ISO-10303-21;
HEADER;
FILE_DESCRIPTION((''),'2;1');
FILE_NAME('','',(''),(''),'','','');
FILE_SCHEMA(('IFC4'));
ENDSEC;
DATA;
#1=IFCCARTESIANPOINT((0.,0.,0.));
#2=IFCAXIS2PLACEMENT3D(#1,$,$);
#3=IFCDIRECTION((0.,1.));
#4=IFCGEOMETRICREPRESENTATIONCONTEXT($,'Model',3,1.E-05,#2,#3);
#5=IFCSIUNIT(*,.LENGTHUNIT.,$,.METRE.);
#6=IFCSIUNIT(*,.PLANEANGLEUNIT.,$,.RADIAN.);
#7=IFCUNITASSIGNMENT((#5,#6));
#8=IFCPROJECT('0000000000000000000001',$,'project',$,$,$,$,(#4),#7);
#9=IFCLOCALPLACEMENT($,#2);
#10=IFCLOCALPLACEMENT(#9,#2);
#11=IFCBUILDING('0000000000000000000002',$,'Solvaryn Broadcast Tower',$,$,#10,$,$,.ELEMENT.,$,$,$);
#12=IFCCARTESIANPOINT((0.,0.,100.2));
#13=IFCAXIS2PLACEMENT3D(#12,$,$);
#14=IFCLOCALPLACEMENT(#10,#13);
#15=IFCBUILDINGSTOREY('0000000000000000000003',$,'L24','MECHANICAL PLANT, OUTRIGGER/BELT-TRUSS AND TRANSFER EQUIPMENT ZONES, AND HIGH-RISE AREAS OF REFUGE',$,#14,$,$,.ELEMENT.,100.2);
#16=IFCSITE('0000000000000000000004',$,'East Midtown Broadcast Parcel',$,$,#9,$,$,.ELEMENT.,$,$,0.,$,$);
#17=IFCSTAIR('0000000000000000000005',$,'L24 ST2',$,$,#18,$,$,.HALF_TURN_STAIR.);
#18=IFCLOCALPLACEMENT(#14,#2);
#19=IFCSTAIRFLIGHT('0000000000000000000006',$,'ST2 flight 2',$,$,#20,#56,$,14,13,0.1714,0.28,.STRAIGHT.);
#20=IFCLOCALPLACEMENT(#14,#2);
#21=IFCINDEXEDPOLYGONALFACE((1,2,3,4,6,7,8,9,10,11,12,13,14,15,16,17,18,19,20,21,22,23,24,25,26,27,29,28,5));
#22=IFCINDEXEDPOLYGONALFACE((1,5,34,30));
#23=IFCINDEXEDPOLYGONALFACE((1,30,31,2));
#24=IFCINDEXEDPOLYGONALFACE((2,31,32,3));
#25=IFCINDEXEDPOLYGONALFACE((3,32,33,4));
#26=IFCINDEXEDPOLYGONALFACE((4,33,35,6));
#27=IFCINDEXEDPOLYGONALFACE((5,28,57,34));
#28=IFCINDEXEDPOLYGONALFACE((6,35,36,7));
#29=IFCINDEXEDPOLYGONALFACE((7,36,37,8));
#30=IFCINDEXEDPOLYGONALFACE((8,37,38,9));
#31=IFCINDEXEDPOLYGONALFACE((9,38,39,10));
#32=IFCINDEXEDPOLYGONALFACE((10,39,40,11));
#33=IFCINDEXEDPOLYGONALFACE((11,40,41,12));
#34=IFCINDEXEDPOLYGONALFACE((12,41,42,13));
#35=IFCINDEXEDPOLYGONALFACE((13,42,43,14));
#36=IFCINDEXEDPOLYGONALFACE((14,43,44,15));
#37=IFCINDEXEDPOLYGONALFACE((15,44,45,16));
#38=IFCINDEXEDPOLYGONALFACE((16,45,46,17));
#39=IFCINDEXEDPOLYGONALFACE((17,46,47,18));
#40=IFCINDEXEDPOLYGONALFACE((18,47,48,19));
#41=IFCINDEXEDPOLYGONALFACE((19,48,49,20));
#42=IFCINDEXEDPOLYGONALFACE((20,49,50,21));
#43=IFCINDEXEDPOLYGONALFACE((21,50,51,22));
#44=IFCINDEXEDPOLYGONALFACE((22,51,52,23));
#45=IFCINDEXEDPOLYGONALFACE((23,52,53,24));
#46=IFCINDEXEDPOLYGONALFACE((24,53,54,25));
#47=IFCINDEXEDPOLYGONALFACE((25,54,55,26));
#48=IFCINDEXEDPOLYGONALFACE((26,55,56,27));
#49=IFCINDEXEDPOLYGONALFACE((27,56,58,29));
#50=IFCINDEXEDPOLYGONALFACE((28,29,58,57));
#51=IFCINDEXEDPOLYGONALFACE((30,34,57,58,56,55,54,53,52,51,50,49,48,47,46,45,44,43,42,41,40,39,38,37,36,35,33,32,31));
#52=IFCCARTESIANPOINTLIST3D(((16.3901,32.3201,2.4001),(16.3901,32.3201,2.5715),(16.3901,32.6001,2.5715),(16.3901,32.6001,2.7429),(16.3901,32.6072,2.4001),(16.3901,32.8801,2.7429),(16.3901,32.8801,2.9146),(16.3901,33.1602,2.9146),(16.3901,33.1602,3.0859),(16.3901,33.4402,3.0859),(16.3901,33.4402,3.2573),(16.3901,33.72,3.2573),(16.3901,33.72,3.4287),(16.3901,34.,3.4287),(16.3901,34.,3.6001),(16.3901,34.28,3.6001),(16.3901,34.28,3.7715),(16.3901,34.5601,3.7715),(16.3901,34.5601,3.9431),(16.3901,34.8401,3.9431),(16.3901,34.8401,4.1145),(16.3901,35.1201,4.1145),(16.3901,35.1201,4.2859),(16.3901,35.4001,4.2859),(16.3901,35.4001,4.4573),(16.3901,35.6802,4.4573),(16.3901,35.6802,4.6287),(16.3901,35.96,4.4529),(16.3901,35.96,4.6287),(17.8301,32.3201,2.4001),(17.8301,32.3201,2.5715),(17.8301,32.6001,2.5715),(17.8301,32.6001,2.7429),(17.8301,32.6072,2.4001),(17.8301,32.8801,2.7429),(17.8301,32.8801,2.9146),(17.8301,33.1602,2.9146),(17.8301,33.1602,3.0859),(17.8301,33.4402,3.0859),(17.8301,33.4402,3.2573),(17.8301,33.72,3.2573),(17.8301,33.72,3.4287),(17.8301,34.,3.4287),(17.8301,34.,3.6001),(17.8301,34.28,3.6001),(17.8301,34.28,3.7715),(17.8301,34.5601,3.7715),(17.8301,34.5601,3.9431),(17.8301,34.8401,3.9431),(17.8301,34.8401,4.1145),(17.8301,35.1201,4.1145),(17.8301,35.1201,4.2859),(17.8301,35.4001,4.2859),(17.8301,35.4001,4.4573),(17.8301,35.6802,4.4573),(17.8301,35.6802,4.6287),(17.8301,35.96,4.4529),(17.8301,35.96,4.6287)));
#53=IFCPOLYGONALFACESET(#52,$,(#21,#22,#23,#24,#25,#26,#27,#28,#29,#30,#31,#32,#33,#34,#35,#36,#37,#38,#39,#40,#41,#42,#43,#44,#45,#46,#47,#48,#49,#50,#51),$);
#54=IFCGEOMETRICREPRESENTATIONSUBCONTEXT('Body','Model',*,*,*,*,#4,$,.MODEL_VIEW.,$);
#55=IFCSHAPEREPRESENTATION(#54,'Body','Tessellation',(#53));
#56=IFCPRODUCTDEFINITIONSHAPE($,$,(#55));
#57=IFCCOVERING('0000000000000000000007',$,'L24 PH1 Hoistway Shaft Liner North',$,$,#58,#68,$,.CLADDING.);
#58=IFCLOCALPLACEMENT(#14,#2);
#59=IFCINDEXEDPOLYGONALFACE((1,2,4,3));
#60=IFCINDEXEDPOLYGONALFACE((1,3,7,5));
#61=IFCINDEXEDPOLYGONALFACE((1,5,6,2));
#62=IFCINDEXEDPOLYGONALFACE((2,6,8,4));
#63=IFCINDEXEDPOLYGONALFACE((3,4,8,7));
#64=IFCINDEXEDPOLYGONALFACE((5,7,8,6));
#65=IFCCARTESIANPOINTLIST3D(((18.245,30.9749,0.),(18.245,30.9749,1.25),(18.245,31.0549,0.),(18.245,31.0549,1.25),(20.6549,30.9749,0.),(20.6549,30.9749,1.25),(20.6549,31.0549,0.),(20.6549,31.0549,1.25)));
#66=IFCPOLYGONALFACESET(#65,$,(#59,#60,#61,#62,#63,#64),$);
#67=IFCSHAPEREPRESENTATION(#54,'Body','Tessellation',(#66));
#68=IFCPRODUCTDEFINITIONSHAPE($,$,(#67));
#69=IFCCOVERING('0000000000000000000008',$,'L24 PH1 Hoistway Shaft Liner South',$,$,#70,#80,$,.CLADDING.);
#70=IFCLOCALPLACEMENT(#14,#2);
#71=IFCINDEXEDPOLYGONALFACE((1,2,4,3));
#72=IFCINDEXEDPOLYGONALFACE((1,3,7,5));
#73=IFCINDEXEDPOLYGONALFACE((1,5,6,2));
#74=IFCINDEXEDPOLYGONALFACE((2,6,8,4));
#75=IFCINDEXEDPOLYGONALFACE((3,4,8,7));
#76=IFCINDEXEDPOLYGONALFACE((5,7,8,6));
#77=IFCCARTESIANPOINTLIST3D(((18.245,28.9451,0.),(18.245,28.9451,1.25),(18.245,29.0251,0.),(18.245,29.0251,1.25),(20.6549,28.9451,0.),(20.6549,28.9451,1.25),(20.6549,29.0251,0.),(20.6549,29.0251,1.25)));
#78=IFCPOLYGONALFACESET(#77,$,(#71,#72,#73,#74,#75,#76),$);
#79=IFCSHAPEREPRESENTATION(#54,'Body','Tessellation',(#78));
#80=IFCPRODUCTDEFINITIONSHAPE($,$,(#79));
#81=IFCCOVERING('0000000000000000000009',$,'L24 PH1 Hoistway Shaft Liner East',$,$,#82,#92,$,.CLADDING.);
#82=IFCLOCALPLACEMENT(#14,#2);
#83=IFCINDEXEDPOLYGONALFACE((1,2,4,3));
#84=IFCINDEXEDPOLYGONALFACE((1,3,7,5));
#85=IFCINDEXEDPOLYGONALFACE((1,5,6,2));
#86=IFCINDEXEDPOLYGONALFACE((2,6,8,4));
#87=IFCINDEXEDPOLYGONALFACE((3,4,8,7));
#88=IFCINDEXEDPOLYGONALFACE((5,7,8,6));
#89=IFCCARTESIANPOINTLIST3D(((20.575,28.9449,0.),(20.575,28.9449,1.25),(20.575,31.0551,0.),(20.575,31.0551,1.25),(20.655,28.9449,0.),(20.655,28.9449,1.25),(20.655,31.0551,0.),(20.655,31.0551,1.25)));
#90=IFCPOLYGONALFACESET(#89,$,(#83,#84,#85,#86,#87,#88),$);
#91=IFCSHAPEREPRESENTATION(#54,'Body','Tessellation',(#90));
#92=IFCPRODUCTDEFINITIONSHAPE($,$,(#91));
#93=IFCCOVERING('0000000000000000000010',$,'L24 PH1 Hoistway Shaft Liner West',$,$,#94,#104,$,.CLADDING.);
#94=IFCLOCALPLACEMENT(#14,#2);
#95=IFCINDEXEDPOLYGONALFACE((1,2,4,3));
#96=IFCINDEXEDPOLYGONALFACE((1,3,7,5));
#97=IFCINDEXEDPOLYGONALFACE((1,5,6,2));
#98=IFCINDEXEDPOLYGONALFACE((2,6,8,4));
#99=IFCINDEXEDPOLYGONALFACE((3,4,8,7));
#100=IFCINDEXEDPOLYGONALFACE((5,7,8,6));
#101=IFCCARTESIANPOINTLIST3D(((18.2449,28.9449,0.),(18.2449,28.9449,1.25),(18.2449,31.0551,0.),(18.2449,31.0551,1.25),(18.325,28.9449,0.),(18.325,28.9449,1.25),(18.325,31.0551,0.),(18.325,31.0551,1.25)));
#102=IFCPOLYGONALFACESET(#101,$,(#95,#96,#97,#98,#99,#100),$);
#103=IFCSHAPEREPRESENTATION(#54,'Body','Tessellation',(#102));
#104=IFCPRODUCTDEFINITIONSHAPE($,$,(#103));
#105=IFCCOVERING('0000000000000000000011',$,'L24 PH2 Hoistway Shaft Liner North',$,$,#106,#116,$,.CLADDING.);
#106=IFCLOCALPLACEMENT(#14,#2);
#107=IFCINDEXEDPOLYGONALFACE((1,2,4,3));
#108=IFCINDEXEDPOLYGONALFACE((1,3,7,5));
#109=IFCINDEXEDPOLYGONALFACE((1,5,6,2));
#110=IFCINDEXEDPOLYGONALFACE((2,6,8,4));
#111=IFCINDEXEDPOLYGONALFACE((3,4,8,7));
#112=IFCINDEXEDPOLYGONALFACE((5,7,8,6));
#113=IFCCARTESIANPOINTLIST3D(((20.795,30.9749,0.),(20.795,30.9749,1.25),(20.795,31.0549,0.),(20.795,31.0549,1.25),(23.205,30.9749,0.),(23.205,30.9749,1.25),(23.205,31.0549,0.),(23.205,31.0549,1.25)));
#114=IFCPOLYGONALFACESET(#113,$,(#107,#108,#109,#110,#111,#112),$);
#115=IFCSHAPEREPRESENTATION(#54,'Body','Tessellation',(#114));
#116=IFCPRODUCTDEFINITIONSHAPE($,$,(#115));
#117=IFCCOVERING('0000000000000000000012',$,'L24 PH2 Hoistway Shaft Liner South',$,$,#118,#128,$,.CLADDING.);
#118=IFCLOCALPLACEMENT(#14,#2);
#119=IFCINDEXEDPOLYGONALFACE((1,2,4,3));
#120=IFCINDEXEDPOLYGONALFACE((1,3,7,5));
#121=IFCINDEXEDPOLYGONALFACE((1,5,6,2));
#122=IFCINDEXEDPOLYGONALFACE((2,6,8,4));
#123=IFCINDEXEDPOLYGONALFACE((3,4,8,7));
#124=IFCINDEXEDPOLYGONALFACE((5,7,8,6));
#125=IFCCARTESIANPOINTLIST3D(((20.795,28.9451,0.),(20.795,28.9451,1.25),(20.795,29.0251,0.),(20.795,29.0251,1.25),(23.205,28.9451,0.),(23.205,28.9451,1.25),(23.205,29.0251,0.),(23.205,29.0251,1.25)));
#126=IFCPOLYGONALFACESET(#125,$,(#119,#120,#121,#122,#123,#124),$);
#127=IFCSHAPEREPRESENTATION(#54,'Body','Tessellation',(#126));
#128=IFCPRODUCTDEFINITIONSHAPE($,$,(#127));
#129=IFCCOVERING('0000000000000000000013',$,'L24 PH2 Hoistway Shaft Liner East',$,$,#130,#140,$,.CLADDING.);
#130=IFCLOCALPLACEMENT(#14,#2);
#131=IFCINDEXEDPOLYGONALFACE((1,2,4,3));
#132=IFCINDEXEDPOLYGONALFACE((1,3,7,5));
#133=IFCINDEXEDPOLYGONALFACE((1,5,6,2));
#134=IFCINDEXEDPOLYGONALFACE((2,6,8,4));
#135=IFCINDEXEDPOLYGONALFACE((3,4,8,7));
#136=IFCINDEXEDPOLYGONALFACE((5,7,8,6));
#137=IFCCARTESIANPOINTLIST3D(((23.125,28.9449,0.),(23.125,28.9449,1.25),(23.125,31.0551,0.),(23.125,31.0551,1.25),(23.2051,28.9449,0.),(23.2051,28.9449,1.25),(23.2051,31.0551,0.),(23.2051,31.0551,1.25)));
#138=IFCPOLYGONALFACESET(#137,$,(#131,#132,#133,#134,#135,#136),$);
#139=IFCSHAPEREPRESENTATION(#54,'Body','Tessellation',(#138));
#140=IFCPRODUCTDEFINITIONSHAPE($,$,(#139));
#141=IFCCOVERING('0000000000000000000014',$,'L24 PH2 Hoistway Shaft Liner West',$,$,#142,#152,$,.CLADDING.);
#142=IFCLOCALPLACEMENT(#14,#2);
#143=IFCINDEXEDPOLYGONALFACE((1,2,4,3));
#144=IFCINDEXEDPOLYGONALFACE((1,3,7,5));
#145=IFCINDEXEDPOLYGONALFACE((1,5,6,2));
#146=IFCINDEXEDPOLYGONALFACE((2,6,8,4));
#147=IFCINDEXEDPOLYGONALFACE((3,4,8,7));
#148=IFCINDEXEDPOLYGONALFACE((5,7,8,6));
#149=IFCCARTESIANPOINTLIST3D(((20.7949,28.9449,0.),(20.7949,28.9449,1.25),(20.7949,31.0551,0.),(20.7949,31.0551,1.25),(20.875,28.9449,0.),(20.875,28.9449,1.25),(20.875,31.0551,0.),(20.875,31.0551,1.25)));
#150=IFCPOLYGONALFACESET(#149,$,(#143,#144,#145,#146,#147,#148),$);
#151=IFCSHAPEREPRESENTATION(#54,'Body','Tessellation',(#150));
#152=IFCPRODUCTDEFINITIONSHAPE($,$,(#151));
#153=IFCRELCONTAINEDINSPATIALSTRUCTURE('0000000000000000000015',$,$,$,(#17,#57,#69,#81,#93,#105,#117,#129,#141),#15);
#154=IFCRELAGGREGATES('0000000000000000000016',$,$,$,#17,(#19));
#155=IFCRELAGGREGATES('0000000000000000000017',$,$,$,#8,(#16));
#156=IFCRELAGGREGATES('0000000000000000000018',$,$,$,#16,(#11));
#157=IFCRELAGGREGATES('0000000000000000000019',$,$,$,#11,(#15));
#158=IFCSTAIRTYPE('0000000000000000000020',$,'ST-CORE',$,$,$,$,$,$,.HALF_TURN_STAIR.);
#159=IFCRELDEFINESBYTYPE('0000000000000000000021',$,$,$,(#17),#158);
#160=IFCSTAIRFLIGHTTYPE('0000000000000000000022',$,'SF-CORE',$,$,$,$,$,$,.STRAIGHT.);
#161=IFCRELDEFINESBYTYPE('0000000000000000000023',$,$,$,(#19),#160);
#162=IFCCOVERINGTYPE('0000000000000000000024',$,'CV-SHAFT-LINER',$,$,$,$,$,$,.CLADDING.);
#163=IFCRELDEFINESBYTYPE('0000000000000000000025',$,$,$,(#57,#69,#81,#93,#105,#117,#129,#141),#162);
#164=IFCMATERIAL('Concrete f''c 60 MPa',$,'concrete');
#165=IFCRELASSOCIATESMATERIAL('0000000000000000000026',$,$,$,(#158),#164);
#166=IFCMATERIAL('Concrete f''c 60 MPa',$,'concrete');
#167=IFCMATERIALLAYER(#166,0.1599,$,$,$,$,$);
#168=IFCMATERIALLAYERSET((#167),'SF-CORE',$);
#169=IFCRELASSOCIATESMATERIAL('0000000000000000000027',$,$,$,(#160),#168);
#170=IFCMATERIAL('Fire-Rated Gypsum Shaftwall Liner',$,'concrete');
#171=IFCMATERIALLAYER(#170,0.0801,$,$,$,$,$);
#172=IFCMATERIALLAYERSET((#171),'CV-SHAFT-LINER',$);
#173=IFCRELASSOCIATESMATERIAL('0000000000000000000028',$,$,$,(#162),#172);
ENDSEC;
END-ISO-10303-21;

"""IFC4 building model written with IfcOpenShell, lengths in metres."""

from ifc_helpers import new_model, si_unit, direction, frame, origin, origin_2d, place, context, subcontext, project, spatial, polyline, rectangle, outline, extrude, material, layer, layer_set, type_object, element, aggregate, save


model = new_model("IFC4")

# Units and contexts
model_context = context("Model", 3, precision=1e-05, world=origin(), true_north=direction((0.0, 1.0)))
body_context = subcontext(model_context, "Body", "Model", "MODEL_VIEW")
ifc_project = project(units=[si_unit("LENGTHUNIT", "METRE"), si_unit("PLANEANGLEUNIT", "RADIAN")], contexts=[model_context])

# Site, building, storey
site_placement = place(None, origin())
site = spatial("IfcSite", under=ifc_project, at=site_placement, Name="East Midtown Broadcast Parcel", CompositionType="ELEMENT", RefElevation=0.0)
building_placement = place(site_placement, origin())
building = spatial("IfcBuilding", under=site, at=building_placement, Name="Solvaryn Broadcast Tower", CompositionType="ELEMENT")
storey_placement = place(building_placement, frame((0.0, 0.0, 100.2)))
storey = spatial("IfcBuildingStorey", under=building, at=storey_placement, Name="L24", Description="MECHANICAL PLANT, OUTRIGGER/BELT-TRUSS AND TRANSFER EQUIPMENT ZONES, AND HIGH-RISE AREAS OF REFUGE", CompositionType="ELEMENT", Elevation=100.2)

# Stair, stair flight
ifc_material_1 = material(Name="Concrete f'c 60 MPa", Category="concrete")
stair_type = type_object("IfcStairType", Name="ST-CORE", PredefinedType="HALF_TURN_STAIR", material=ifc_material_1)
stair_placement = place(storey_placement, origin())
stair = element("IfcStair", 1, at=stair_placement, inside=storey, type_object=stair_type, Name="L24 ST2", PredefinedType="HALF_TURN_STAIR")
ifc_material_2 = material(Name="Concrete f'c 60 MPa", Category="concrete")
ifc_layer_1 = layer(ifc_material_2, 0.1599)
ifc_layer_set_1 = layer_set([ifc_layer_1], Name="SF-CORE")
stair_flight_type = type_object("IfcStairFlightType", Name="SF-CORE", PredefinedType="STRAIGHT", material=ifc_layer_set_1)
stair_flight_placement = place(storey_placement, frame((17.1101, 32.3201, 2.4001), z_axis=(0.0, 0.0, 1.0), x_axis=(0.0, 1.0, 0.0)))
stair_flight = element("IfcStairFlight", 2, at=stair_flight_placement, type_object=stair_flight_type, Name="ST2 flight 2", NumberOfRisers=14, NumberOfTreads=13, PredefinedType="STRAIGHT", RiserHeight=0.1714, TreadLength=0.28, context=body_context, shape_type="SweptSolid", body=[
    extrude(outline(polyline([(0.0, 0.0), (0.0, 0.1714), (0.28, 0.1714), (0.28, 0.3428), (0.5601, 0.3428), (0.5601, 0.5144), (0.8401, 0.5144), (0.8401, 0.6858), (1.1201, 0.6858), (1.1201, 0.8572), (1.3999, 0.8572), (1.3999, 1.0286), (1.6799, 1.0286), (1.6799, 1.2), (1.96, 1.2), (1.96, 1.3713), (2.24, 1.3713), (2.24, 1.543), (2.52, 1.543), (2.52, 1.7144), (2.8, 1.7144), (2.8, 1.8857), (3.0801, 1.8857), (3.0801, 2.0571), (3.3601, 2.0571), (3.3601, 2.2285), (3.6399, 2.2285), (3.6399, 2.3999), (3.6399, 2.0527), (0.2871, 0.0), (0.0, 0.0)])), frame((0.0, 0.72, 0.0), z_axis=(0.0, -1.0, 0.0), x_axis=(1.0, 0.0, 0.0)), (0.0, 0.0, 1.0), 1.4399),
])
aggregate(stair, [stair_flight])

# Coverings
ifc_material_3 = material(Name="Fire-Rated Gypsum Shaftwall Liner", Category="concrete")
ifc_layer_2 = layer(ifc_material_3, 0.0801)
ifc_layer_set_2 = layer_set([ifc_layer_2], Name="CV-SHAFT-LINER")
covering_type = type_object("IfcCoveringType", Name="CV-SHAFT-LINER", PredefinedType="CLADDING", material=ifc_layer_set_2)
for number, where, z_axis, x_axis, name in (
    (3, (19.45, 31.0149, 0.0), (0.0, 0.0, 1.0), (1.0, 0.0, 0.0), "L24 PH1 Hoistway Shaft Liner North"),
    (4, (19.45, 28.9851, 0.0), (0.0, 0.0, 1.0), (1.0, 0.0, 0.0), "L24 PH1 Hoistway Shaft Liner South"),
):
    element("IfcCovering", number, at=place(storey_placement, frame(where, z_axis=z_axis, x_axis=x_axis)), inside=storey, type_object=covering_type, Name=name, PredefinedType="CLADDING", context=body_context, shape_type="SweptSolid", body=[
        extrude(rectangle(XDim=2.4099, YDim=0.0801, at=origin_2d()), origin(), (0.0, 0.0, 1.0), 1.25),
    ])
for number, where, z_axis, x_axis, name in (
    (5, (20.615, 30.0, 0.0), (0.0, 0.0, 1.0), (1.0, 0.0, 0.0), "L24 PH1 Hoistway Shaft Liner East"),
    (6, (18.2849, 30.0, 0.0), (0.0, 0.0, 1.0), (1.0, 0.0, 0.0), "L24 PH1 Hoistway Shaft Liner West"),
):
    element("IfcCovering", number, at=place(storey_placement, frame(where, z_axis=z_axis, x_axis=x_axis)), inside=storey, type_object=covering_type, Name=name, PredefinedType="CLADDING", context=body_context, shape_type="SweptSolid", body=[
        extrude(rectangle(XDim=0.0801, YDim=2.1101, at=origin_2d()), origin(), (0.0, 0.0, 1.0), 1.25),
    ])
for number, where, z_axis, x_axis, name in (
    (7, (22.0, 31.0149, 0.0), (0.0, 0.0, 1.0), (1.0, 0.0, 0.0), "L24 PH2 Hoistway Shaft Liner North"),
    (8, (22.0, 28.9851, 0.0), (0.0, 0.0, 1.0), (1.0, 0.0, 0.0), "L24 PH2 Hoistway Shaft Liner South"),
):
    element("IfcCovering", number, at=place(storey_placement, frame(where, z_axis=z_axis, x_axis=x_axis)), inside=storey, type_object=covering_type, Name=name, PredefinedType="CLADDING", context=body_context, shape_type="SweptSolid", body=[
        extrude(rectangle(XDim=2.4099, YDim=0.0801, at=origin_2d()), origin(), (0.0, 0.0, 1.0), 1.25),
    ])
for number, where, z_axis, x_axis, name in (
    (9, (23.165, 30.0, 0.0), (0.0, 0.0, 1.0), (1.0, 0.0, 0.0), "L24 PH2 Hoistway Shaft Liner East"),
    (10, (20.835, 30.0, 0.0), (0.0, 0.0, 1.0), (1.0, 0.0, 0.0), "L24 PH2 Hoistway Shaft Liner West"),
):
    element("IfcCovering", number, at=place(storey_placement, frame(where, z_axis=z_axis, x_axis=x_axis)), inside=storey, type_object=covering_type, Name=name, PredefinedType="CLADDING", context=body_context, shape_type="SweptSolid", body=[
        extrude(rectangle(XDim=0.0801, YDim=2.1101, at=origin_2d()), origin(), (0.0, 0.0, 1.0), 1.25),
    ])

save(model, "model.ifc")
